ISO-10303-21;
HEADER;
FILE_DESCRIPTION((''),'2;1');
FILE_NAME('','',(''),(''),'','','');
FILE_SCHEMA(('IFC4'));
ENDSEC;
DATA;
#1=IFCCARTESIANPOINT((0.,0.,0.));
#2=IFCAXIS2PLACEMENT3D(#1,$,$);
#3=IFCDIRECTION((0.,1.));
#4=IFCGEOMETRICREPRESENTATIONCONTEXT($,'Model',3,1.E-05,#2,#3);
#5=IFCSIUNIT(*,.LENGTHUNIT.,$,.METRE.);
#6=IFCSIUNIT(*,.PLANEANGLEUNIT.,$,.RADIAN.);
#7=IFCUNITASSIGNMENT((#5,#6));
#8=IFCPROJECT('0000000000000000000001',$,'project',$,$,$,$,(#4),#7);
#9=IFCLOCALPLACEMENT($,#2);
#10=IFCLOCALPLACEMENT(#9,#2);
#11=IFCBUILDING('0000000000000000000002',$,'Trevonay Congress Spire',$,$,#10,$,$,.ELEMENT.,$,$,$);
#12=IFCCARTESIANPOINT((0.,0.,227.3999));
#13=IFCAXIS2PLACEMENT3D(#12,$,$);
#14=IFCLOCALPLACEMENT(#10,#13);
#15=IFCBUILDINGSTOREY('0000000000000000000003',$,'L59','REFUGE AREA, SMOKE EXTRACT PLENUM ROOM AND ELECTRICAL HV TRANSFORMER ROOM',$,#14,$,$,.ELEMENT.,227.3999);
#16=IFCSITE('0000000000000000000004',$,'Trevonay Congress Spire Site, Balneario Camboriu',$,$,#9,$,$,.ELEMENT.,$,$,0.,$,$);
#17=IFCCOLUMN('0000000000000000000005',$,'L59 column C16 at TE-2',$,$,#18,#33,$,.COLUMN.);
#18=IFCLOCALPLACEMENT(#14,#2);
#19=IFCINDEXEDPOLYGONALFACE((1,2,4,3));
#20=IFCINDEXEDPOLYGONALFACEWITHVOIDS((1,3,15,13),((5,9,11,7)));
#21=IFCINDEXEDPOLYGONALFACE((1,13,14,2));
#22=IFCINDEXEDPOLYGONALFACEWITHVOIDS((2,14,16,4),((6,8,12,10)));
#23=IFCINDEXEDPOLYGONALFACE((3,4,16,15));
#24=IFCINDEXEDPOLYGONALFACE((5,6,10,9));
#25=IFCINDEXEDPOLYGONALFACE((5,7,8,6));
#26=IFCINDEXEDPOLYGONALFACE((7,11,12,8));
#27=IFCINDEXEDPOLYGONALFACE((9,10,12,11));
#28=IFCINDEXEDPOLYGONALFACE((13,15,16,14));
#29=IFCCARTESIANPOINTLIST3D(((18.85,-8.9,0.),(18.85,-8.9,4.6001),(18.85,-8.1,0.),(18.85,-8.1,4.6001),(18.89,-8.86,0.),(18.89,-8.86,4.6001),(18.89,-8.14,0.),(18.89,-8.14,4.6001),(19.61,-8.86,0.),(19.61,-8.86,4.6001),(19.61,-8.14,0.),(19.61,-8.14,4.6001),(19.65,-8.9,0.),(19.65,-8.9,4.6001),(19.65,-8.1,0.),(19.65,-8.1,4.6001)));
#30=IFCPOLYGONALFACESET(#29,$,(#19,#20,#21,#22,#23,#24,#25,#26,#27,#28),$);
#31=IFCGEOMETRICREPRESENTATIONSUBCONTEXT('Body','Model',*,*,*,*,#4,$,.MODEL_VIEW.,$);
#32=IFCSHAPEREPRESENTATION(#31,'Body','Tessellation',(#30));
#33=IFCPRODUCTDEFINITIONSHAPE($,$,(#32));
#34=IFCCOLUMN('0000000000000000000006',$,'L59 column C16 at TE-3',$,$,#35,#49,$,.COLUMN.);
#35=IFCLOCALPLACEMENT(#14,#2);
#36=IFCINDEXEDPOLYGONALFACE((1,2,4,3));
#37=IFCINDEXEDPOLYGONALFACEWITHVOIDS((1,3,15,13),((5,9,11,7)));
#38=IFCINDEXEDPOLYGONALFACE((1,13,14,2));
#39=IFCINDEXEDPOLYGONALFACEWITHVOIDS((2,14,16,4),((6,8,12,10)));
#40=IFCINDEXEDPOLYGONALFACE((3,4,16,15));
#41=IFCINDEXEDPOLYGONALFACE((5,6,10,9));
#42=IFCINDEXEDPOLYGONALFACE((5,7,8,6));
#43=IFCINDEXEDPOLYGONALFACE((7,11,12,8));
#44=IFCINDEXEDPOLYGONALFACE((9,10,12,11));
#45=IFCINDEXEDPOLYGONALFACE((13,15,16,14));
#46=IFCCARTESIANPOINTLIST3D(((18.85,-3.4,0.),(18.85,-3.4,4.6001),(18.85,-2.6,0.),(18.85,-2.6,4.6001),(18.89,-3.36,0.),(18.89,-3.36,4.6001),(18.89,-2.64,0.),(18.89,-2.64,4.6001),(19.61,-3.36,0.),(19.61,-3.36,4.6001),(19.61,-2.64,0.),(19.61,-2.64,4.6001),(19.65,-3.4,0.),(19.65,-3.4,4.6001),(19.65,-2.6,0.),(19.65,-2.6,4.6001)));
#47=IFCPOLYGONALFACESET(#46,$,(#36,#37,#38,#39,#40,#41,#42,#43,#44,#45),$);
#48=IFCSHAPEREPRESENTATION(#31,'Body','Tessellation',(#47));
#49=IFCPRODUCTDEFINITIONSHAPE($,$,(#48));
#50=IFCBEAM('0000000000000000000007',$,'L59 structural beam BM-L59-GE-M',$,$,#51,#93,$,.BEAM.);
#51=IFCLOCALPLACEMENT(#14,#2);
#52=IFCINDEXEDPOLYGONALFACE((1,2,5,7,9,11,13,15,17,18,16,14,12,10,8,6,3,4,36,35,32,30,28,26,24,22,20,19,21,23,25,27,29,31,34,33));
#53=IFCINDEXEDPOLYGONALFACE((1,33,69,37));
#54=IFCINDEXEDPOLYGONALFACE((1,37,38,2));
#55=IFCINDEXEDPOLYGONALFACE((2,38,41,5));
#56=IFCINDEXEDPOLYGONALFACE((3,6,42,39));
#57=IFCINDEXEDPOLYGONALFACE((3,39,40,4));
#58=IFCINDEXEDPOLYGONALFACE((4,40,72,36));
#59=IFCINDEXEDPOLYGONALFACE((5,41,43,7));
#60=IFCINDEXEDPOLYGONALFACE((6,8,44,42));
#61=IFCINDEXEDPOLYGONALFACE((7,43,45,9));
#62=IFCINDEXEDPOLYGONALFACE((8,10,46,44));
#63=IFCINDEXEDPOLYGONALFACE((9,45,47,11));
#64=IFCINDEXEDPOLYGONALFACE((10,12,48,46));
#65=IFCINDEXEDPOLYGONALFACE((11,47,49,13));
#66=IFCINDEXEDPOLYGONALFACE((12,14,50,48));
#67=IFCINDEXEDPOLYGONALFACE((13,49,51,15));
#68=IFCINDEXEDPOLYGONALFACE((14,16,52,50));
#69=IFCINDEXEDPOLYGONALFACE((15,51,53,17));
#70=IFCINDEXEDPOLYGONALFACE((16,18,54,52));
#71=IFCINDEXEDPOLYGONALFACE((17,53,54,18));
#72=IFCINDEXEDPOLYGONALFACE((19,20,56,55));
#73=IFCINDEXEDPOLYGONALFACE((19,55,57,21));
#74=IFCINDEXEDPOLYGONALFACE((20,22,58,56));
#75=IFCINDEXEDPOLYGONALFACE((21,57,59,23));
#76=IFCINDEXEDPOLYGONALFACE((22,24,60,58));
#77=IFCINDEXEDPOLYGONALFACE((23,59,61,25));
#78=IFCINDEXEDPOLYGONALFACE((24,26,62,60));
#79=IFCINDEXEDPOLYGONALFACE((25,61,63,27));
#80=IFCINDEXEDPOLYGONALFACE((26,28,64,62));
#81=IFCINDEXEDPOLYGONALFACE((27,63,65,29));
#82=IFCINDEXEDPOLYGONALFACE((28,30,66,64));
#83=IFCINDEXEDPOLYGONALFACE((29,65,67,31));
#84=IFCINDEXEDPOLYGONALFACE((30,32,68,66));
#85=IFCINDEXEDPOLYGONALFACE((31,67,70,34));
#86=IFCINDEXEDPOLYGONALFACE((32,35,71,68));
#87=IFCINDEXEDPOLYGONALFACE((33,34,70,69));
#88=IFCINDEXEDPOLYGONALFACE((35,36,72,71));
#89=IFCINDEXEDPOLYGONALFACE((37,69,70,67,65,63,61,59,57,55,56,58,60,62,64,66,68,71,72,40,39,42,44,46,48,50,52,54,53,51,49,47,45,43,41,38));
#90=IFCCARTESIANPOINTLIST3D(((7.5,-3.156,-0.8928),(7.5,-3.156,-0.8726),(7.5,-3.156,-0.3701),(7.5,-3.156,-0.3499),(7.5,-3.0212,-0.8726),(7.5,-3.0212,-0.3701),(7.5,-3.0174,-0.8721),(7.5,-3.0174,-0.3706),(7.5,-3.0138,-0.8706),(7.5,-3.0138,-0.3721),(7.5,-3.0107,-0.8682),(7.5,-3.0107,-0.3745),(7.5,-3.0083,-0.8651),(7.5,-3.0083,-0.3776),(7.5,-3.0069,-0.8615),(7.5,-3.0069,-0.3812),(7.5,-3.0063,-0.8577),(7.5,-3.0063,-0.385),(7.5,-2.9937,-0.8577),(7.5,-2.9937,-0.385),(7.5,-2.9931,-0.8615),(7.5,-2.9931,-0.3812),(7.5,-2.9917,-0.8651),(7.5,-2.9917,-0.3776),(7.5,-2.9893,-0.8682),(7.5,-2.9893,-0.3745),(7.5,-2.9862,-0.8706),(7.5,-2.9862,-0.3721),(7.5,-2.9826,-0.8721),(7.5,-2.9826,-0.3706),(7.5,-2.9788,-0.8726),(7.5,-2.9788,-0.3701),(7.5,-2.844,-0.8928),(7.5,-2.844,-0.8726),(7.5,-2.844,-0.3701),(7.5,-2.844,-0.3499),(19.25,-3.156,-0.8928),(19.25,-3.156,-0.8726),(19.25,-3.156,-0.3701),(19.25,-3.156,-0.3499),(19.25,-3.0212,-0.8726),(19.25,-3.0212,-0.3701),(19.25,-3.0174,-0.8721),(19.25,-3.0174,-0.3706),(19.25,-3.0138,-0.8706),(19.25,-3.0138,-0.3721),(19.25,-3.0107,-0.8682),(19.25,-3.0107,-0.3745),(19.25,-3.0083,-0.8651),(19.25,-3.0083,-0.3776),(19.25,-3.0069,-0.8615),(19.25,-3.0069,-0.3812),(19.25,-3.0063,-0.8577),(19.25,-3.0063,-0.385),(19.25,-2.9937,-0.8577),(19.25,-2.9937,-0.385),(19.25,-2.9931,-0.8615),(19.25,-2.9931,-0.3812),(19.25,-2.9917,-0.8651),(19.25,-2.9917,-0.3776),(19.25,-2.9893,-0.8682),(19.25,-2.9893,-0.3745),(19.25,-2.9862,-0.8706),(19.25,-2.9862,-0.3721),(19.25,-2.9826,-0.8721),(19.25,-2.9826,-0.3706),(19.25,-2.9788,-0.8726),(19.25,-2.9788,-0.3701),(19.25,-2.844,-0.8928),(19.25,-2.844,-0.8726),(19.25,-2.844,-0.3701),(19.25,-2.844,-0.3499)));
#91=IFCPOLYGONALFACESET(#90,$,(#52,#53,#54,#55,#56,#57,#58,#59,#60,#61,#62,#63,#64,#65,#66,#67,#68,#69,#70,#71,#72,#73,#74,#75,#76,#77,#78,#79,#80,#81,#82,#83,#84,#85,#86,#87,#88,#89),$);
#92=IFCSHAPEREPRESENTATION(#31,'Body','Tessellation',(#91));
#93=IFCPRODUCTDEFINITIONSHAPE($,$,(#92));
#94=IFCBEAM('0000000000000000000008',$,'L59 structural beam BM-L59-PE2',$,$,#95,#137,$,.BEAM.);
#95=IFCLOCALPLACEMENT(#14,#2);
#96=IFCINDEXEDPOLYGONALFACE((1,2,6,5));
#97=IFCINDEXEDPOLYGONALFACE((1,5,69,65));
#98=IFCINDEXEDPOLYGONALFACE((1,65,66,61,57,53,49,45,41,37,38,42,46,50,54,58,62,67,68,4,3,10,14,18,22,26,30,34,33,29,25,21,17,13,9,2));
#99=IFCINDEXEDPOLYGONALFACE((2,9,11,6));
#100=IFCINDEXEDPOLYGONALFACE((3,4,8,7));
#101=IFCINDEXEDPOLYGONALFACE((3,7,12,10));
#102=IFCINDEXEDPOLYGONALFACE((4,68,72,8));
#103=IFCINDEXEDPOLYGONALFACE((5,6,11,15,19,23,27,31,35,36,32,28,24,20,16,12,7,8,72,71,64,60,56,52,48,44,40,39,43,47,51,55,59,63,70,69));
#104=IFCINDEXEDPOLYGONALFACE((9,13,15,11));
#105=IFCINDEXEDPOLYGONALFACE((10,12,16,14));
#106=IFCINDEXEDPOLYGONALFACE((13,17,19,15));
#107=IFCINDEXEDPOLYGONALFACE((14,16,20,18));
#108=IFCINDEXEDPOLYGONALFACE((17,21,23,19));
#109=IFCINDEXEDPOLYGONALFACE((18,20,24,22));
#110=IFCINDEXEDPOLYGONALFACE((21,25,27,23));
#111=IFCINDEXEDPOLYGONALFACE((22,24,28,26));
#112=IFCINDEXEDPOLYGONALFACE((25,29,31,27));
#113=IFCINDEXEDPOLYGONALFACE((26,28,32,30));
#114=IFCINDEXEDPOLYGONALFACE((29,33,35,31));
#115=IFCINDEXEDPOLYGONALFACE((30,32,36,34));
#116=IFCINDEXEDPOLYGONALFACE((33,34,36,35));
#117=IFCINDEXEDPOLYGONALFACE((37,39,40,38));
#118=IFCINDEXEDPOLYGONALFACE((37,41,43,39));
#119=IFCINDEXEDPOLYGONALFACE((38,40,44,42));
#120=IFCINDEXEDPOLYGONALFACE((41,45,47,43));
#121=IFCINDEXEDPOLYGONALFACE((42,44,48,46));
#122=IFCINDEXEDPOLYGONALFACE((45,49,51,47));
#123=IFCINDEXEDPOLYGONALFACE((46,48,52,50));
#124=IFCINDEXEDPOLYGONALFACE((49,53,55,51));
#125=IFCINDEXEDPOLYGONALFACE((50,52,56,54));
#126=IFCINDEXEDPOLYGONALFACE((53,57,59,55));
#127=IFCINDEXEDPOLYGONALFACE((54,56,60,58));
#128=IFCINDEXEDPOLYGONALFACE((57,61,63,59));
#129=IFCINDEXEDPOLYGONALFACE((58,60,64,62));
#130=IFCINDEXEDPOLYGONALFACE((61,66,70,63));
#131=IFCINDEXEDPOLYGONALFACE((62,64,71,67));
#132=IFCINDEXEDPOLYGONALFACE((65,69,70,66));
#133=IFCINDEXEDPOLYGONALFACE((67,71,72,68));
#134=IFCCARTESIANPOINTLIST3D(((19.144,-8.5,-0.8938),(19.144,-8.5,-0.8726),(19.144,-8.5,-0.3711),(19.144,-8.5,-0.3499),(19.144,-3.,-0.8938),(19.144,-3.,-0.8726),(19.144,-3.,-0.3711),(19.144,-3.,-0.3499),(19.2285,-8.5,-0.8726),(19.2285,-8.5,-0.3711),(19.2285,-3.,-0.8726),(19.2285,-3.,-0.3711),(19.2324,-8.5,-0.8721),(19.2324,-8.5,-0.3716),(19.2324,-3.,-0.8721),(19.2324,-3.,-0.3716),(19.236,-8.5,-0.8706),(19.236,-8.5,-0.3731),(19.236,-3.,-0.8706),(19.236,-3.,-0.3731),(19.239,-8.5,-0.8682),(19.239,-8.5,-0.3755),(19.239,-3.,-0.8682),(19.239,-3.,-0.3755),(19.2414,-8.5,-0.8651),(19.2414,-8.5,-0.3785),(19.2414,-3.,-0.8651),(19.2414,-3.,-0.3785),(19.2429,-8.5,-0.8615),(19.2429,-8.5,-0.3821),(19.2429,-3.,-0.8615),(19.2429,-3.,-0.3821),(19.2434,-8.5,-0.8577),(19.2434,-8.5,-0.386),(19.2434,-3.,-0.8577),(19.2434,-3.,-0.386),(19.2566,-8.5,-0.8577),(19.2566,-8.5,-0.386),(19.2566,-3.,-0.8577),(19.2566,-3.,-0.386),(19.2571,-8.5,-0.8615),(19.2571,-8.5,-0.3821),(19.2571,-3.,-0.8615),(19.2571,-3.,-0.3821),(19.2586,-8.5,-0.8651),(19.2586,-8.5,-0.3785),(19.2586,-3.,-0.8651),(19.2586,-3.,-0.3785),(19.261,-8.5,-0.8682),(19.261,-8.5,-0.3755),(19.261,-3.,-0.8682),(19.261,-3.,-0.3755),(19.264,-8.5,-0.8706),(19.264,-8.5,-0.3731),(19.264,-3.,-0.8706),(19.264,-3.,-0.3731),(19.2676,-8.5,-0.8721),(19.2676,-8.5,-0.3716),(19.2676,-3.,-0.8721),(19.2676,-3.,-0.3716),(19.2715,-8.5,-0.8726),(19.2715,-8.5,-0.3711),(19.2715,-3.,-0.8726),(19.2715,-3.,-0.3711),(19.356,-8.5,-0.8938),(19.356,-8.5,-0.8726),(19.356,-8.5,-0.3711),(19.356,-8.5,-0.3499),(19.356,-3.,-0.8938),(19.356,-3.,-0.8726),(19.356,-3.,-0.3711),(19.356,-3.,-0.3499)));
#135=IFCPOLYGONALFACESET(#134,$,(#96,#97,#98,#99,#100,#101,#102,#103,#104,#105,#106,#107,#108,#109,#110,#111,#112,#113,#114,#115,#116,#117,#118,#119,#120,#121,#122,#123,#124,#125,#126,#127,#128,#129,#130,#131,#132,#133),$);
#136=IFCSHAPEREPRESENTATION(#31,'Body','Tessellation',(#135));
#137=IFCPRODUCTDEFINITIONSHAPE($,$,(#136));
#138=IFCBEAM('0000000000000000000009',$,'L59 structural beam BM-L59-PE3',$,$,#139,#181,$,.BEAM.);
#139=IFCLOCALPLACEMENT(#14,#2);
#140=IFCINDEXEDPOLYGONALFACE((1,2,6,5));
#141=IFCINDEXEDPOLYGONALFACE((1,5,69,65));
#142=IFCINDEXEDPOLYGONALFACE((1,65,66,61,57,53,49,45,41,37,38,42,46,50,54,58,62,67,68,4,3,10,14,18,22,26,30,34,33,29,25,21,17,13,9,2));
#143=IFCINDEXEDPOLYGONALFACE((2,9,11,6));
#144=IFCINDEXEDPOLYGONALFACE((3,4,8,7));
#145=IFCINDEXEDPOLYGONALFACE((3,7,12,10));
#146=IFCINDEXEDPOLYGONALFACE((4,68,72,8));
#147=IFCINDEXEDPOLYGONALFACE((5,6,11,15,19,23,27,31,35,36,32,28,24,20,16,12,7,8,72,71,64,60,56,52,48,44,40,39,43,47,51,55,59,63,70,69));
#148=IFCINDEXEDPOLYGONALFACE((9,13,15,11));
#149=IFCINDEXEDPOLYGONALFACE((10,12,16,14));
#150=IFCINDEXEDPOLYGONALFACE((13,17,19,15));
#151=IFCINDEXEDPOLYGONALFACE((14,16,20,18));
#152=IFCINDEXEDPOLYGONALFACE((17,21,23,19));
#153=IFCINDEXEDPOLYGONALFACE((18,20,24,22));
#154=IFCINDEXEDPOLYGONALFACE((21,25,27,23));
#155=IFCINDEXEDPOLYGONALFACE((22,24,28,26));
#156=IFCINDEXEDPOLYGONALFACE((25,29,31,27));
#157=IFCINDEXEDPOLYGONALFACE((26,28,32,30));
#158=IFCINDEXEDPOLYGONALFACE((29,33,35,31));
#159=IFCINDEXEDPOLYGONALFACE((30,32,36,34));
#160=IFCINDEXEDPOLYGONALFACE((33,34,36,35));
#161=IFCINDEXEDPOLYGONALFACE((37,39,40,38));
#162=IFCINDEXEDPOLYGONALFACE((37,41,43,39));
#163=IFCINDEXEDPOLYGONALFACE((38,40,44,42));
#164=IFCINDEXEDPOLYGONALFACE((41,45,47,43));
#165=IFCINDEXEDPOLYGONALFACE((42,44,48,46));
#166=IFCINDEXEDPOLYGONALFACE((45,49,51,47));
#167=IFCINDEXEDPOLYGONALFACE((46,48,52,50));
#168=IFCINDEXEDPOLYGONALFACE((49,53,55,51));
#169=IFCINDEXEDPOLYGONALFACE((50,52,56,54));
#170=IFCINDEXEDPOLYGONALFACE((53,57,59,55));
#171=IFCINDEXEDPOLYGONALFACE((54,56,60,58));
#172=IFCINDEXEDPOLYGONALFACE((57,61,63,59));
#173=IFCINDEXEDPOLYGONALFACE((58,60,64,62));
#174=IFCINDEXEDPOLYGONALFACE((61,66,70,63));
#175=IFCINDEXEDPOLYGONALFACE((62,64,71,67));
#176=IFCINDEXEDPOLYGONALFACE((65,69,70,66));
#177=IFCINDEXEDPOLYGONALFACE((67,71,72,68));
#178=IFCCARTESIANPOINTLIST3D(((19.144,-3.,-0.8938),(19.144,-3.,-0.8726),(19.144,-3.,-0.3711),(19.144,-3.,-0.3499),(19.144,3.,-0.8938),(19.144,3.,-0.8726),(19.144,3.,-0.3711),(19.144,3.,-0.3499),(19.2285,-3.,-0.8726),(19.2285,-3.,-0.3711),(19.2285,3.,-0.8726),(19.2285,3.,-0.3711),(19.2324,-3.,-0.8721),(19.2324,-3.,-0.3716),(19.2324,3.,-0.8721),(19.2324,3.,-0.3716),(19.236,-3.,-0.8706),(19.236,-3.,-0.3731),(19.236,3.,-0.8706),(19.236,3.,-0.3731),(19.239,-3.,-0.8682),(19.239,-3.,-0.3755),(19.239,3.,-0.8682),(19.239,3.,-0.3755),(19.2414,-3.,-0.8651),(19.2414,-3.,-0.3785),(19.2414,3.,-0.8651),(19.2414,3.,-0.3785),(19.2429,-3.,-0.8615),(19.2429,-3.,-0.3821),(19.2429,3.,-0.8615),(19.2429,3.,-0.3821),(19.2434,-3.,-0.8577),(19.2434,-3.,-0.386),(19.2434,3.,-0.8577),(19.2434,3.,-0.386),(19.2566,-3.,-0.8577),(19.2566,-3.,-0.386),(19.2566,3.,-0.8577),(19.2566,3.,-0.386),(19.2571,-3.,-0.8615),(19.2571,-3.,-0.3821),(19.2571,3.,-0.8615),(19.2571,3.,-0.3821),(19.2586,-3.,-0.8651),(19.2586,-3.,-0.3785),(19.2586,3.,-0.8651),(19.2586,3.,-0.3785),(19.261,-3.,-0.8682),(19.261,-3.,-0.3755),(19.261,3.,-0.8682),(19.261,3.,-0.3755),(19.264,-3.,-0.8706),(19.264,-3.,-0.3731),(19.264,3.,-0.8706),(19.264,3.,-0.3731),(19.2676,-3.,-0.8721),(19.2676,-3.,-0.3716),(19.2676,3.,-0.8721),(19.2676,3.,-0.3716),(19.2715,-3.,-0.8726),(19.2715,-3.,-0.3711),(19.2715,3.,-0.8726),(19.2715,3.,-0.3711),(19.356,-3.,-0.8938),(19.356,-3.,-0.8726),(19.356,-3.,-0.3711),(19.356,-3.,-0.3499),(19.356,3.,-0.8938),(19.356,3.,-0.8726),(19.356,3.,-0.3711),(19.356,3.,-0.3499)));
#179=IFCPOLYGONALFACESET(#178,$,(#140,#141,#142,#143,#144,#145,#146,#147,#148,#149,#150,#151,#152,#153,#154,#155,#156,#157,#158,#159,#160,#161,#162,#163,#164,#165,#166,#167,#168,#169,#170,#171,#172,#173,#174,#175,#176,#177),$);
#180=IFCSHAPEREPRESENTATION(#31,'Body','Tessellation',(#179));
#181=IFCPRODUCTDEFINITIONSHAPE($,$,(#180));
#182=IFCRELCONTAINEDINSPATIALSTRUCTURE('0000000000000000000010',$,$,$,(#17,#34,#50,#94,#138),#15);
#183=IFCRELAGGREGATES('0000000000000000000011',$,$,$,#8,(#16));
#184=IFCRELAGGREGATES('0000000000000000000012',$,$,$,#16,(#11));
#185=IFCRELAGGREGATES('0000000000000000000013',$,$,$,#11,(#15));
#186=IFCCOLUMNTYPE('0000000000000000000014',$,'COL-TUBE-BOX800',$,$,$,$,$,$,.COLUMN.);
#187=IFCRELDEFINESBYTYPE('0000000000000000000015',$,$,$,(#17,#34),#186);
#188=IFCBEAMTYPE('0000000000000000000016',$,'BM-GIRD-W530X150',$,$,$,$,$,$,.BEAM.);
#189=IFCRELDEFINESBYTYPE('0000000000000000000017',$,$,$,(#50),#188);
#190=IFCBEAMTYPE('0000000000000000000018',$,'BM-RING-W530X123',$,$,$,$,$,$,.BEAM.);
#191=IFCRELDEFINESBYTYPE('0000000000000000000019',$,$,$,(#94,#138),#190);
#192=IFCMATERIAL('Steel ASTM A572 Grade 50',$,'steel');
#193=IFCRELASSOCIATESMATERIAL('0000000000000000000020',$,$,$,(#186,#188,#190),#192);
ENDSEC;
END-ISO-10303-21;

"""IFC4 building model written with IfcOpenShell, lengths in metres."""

from ifc_helpers import new_model, si_unit, direction, frame, origin, origin_2d, place, context, subcontext, project, spatial, hollow_rectangle, i_section, extrude, material, material_profile, profile_set, type_object, element, save


model = new_model("IFC4")

# Units and contexts
model_context = context("Model", 3, precision=1e-05, world=origin(), true_north=direction((0.0, 1.0)))
body_context = subcontext(model_context, "Body", "Model", "MODEL_VIEW")
ifc_project = project(units=[si_unit("LENGTHUNIT", "METRE"), si_unit("PLANEANGLEUNIT", "RADIAN")], contexts=[model_context])

# Site, building, storey
site_placement = place(None, origin())
site = spatial("IfcSite", under=ifc_project, at=site_placement, Name="Trevonay Congress Spire Site, Balneario Camboriu", CompositionType="ELEMENT", RefElevation=0.0)
building_placement = place(site_placement, origin())
building = spatial("IfcBuilding", under=site, at=building_placement, Name="Trevonay Congress Spire", CompositionType="ELEMENT")
storey_placement = place(building_placement, frame((0.0, 0.0, 227.3999)))
storey = spatial("IfcBuildingStorey", under=building, at=storey_placement, Name="L59", Description="REFUGE AREA, SMOKE EXTRACT PLENUM ROOM AND ELECTRICAL HV TRANSFORMER ROOM", CompositionType="ELEMENT", Elevation=227.3999)

# Columns
ifc_material_1 = material(Name="Steel ASTM A572 Grade 50", Category="steel")
ifc_material_profile_1 = material_profile(ifc_material_1, hollow_rectangle(XDim=0.8, YDim=0.8, WallThickness=0.04, at=origin_2d()), Name="BOX 800x800x40")
ifc_profile_set_1 = profile_set([ifc_material_profile_1], Name="Steel ASTM A572 Grade 50")
column_type = type_object("IfcColumnType", Name="COL-TUBE-BOX800", PredefinedType="COLUMN", material=ifc_profile_set_1)
for number, where, z_axis, x_axis, name in (
    (1, (19.25, -8.5, 0.0), (0.0, 0.0, 1.0), (1.0, 0.0, 0.0), "L59 column C16 at TE-2"),
    (2, (19.25, -3.0, 0.0), (0.0, 0.0, 1.0), (1.0, 0.0, 0.0), "L59 column C16 at TE-3"),
):
    element("IfcColumn", number, at=place(storey_placement, frame(where, z_axis=z_axis, x_axis=x_axis)), inside=storey, type_object=column_type, Name=name, PredefinedType="COLUMN", context=body_context, shape_type="SweptSolid", body=[
        extrude(hollow_rectangle(XDim=0.8, YDim=0.8, WallThickness=0.04, at=origin_2d()), origin(), (0.0, 0.0, 1.0), 4.6001),
    ])

# Beams
ifc_material_profile_2 = material_profile(ifc_material_1, i_section(OverallWidth=0.312, OverallDepth=0.543, WebThickness=0.0127, FlangeThickness=0.0203, FilletRadius=0.0149, at=origin_2d()), Name="W530x150")
ifc_profile_set_2 = profile_set([ifc_material_profile_2], Name="Steel ASTM A572 Grade 50")
beam_type_1 = type_object("IfcBeamType", Name="BM-GIRD-W530X150", PredefinedType="BEAM", material=ifc_profile_set_2)
beam_1_placement = place(storey_placement, frame((7.5, -3.0, -0.6213), z_axis=(1.0, 0.0, 0.0), x_axis=(0.0, 1.0, 0.0)))
element("IfcBeam", 3, at=beam_1_placement, inside=storey, type_object=beam_type_1, Name="L59 structural beam BM-L59-GE-M", PredefinedType="BEAM", context=body_context, shape_type="SweptSolid", body=[
    extrude(i_section(OverallWidth=0.312, OverallDepth=0.543, WebThickness=0.0127, FlangeThickness=0.0203, FilletRadius=0.0149, at=origin_2d()), origin(), (0.0, 0.0, 1.0), 11.75),
])
ifc_material_profile_3 = material_profile(ifc_material_1, i_section(OverallWidth=0.2119, OverallDepth=0.5439, WebThickness=0.0132, FlangeThickness=0.0212, FilletRadius=0.0149, at=origin_2d()), Name="W530x123")
ifc_profile_set_3 = profile_set([ifc_material_profile_3], Name="Steel ASTM A572 Grade 50")
beam_type_2 = type_object("IfcBeamType", Name="BM-RING-W530X123", PredefinedType="BEAM", material=ifc_profile_set_3)
beam_2_placement = place(storey_placement, frame((19.25, -8.5, -0.6218), z_axis=(0.0, 1.0, 0.0), x_axis=(-1.0, 0.0, 0.0)))
element("IfcBeam", 4, at=beam_2_placement, inside=storey, type_object=beam_type_2, Name="L59 structural beam BM-L59-PE2", PredefinedType="BEAM", context=body_context, shape_type="SweptSolid", body=[
    extrude(i_section(OverallWidth=0.2119, OverallDepth=0.5439, WebThickness=0.0132, FlangeThickness=0.0212, FilletRadius=0.0149, at=origin_2d()), origin(), (0.0, 0.0, 1.0), 5.5),
])
beam_3_placement = place(storey_placement, frame((19.25, -3.0, -0.6218), z_axis=(0.0, 1.0, 0.0), x_axis=(-1.0, 0.0, 0.0)))
element("IfcBeam", 5, at=beam_3_placement, inside=storey, type_object=beam_type_2, Name="L59 structural beam BM-L59-PE3", PredefinedType="BEAM", context=body_context, shape_type="SweptSolid", body=[
    extrude(i_section(OverallWidth=0.2119, OverallDepth=0.5439, WebThickness=0.0132, FlangeThickness=0.0212, FilletRadius=0.0149, at=origin_2d()), origin(), (0.0, 0.0, 1.0), 6.0),
])

save(model, "model.ifc")
